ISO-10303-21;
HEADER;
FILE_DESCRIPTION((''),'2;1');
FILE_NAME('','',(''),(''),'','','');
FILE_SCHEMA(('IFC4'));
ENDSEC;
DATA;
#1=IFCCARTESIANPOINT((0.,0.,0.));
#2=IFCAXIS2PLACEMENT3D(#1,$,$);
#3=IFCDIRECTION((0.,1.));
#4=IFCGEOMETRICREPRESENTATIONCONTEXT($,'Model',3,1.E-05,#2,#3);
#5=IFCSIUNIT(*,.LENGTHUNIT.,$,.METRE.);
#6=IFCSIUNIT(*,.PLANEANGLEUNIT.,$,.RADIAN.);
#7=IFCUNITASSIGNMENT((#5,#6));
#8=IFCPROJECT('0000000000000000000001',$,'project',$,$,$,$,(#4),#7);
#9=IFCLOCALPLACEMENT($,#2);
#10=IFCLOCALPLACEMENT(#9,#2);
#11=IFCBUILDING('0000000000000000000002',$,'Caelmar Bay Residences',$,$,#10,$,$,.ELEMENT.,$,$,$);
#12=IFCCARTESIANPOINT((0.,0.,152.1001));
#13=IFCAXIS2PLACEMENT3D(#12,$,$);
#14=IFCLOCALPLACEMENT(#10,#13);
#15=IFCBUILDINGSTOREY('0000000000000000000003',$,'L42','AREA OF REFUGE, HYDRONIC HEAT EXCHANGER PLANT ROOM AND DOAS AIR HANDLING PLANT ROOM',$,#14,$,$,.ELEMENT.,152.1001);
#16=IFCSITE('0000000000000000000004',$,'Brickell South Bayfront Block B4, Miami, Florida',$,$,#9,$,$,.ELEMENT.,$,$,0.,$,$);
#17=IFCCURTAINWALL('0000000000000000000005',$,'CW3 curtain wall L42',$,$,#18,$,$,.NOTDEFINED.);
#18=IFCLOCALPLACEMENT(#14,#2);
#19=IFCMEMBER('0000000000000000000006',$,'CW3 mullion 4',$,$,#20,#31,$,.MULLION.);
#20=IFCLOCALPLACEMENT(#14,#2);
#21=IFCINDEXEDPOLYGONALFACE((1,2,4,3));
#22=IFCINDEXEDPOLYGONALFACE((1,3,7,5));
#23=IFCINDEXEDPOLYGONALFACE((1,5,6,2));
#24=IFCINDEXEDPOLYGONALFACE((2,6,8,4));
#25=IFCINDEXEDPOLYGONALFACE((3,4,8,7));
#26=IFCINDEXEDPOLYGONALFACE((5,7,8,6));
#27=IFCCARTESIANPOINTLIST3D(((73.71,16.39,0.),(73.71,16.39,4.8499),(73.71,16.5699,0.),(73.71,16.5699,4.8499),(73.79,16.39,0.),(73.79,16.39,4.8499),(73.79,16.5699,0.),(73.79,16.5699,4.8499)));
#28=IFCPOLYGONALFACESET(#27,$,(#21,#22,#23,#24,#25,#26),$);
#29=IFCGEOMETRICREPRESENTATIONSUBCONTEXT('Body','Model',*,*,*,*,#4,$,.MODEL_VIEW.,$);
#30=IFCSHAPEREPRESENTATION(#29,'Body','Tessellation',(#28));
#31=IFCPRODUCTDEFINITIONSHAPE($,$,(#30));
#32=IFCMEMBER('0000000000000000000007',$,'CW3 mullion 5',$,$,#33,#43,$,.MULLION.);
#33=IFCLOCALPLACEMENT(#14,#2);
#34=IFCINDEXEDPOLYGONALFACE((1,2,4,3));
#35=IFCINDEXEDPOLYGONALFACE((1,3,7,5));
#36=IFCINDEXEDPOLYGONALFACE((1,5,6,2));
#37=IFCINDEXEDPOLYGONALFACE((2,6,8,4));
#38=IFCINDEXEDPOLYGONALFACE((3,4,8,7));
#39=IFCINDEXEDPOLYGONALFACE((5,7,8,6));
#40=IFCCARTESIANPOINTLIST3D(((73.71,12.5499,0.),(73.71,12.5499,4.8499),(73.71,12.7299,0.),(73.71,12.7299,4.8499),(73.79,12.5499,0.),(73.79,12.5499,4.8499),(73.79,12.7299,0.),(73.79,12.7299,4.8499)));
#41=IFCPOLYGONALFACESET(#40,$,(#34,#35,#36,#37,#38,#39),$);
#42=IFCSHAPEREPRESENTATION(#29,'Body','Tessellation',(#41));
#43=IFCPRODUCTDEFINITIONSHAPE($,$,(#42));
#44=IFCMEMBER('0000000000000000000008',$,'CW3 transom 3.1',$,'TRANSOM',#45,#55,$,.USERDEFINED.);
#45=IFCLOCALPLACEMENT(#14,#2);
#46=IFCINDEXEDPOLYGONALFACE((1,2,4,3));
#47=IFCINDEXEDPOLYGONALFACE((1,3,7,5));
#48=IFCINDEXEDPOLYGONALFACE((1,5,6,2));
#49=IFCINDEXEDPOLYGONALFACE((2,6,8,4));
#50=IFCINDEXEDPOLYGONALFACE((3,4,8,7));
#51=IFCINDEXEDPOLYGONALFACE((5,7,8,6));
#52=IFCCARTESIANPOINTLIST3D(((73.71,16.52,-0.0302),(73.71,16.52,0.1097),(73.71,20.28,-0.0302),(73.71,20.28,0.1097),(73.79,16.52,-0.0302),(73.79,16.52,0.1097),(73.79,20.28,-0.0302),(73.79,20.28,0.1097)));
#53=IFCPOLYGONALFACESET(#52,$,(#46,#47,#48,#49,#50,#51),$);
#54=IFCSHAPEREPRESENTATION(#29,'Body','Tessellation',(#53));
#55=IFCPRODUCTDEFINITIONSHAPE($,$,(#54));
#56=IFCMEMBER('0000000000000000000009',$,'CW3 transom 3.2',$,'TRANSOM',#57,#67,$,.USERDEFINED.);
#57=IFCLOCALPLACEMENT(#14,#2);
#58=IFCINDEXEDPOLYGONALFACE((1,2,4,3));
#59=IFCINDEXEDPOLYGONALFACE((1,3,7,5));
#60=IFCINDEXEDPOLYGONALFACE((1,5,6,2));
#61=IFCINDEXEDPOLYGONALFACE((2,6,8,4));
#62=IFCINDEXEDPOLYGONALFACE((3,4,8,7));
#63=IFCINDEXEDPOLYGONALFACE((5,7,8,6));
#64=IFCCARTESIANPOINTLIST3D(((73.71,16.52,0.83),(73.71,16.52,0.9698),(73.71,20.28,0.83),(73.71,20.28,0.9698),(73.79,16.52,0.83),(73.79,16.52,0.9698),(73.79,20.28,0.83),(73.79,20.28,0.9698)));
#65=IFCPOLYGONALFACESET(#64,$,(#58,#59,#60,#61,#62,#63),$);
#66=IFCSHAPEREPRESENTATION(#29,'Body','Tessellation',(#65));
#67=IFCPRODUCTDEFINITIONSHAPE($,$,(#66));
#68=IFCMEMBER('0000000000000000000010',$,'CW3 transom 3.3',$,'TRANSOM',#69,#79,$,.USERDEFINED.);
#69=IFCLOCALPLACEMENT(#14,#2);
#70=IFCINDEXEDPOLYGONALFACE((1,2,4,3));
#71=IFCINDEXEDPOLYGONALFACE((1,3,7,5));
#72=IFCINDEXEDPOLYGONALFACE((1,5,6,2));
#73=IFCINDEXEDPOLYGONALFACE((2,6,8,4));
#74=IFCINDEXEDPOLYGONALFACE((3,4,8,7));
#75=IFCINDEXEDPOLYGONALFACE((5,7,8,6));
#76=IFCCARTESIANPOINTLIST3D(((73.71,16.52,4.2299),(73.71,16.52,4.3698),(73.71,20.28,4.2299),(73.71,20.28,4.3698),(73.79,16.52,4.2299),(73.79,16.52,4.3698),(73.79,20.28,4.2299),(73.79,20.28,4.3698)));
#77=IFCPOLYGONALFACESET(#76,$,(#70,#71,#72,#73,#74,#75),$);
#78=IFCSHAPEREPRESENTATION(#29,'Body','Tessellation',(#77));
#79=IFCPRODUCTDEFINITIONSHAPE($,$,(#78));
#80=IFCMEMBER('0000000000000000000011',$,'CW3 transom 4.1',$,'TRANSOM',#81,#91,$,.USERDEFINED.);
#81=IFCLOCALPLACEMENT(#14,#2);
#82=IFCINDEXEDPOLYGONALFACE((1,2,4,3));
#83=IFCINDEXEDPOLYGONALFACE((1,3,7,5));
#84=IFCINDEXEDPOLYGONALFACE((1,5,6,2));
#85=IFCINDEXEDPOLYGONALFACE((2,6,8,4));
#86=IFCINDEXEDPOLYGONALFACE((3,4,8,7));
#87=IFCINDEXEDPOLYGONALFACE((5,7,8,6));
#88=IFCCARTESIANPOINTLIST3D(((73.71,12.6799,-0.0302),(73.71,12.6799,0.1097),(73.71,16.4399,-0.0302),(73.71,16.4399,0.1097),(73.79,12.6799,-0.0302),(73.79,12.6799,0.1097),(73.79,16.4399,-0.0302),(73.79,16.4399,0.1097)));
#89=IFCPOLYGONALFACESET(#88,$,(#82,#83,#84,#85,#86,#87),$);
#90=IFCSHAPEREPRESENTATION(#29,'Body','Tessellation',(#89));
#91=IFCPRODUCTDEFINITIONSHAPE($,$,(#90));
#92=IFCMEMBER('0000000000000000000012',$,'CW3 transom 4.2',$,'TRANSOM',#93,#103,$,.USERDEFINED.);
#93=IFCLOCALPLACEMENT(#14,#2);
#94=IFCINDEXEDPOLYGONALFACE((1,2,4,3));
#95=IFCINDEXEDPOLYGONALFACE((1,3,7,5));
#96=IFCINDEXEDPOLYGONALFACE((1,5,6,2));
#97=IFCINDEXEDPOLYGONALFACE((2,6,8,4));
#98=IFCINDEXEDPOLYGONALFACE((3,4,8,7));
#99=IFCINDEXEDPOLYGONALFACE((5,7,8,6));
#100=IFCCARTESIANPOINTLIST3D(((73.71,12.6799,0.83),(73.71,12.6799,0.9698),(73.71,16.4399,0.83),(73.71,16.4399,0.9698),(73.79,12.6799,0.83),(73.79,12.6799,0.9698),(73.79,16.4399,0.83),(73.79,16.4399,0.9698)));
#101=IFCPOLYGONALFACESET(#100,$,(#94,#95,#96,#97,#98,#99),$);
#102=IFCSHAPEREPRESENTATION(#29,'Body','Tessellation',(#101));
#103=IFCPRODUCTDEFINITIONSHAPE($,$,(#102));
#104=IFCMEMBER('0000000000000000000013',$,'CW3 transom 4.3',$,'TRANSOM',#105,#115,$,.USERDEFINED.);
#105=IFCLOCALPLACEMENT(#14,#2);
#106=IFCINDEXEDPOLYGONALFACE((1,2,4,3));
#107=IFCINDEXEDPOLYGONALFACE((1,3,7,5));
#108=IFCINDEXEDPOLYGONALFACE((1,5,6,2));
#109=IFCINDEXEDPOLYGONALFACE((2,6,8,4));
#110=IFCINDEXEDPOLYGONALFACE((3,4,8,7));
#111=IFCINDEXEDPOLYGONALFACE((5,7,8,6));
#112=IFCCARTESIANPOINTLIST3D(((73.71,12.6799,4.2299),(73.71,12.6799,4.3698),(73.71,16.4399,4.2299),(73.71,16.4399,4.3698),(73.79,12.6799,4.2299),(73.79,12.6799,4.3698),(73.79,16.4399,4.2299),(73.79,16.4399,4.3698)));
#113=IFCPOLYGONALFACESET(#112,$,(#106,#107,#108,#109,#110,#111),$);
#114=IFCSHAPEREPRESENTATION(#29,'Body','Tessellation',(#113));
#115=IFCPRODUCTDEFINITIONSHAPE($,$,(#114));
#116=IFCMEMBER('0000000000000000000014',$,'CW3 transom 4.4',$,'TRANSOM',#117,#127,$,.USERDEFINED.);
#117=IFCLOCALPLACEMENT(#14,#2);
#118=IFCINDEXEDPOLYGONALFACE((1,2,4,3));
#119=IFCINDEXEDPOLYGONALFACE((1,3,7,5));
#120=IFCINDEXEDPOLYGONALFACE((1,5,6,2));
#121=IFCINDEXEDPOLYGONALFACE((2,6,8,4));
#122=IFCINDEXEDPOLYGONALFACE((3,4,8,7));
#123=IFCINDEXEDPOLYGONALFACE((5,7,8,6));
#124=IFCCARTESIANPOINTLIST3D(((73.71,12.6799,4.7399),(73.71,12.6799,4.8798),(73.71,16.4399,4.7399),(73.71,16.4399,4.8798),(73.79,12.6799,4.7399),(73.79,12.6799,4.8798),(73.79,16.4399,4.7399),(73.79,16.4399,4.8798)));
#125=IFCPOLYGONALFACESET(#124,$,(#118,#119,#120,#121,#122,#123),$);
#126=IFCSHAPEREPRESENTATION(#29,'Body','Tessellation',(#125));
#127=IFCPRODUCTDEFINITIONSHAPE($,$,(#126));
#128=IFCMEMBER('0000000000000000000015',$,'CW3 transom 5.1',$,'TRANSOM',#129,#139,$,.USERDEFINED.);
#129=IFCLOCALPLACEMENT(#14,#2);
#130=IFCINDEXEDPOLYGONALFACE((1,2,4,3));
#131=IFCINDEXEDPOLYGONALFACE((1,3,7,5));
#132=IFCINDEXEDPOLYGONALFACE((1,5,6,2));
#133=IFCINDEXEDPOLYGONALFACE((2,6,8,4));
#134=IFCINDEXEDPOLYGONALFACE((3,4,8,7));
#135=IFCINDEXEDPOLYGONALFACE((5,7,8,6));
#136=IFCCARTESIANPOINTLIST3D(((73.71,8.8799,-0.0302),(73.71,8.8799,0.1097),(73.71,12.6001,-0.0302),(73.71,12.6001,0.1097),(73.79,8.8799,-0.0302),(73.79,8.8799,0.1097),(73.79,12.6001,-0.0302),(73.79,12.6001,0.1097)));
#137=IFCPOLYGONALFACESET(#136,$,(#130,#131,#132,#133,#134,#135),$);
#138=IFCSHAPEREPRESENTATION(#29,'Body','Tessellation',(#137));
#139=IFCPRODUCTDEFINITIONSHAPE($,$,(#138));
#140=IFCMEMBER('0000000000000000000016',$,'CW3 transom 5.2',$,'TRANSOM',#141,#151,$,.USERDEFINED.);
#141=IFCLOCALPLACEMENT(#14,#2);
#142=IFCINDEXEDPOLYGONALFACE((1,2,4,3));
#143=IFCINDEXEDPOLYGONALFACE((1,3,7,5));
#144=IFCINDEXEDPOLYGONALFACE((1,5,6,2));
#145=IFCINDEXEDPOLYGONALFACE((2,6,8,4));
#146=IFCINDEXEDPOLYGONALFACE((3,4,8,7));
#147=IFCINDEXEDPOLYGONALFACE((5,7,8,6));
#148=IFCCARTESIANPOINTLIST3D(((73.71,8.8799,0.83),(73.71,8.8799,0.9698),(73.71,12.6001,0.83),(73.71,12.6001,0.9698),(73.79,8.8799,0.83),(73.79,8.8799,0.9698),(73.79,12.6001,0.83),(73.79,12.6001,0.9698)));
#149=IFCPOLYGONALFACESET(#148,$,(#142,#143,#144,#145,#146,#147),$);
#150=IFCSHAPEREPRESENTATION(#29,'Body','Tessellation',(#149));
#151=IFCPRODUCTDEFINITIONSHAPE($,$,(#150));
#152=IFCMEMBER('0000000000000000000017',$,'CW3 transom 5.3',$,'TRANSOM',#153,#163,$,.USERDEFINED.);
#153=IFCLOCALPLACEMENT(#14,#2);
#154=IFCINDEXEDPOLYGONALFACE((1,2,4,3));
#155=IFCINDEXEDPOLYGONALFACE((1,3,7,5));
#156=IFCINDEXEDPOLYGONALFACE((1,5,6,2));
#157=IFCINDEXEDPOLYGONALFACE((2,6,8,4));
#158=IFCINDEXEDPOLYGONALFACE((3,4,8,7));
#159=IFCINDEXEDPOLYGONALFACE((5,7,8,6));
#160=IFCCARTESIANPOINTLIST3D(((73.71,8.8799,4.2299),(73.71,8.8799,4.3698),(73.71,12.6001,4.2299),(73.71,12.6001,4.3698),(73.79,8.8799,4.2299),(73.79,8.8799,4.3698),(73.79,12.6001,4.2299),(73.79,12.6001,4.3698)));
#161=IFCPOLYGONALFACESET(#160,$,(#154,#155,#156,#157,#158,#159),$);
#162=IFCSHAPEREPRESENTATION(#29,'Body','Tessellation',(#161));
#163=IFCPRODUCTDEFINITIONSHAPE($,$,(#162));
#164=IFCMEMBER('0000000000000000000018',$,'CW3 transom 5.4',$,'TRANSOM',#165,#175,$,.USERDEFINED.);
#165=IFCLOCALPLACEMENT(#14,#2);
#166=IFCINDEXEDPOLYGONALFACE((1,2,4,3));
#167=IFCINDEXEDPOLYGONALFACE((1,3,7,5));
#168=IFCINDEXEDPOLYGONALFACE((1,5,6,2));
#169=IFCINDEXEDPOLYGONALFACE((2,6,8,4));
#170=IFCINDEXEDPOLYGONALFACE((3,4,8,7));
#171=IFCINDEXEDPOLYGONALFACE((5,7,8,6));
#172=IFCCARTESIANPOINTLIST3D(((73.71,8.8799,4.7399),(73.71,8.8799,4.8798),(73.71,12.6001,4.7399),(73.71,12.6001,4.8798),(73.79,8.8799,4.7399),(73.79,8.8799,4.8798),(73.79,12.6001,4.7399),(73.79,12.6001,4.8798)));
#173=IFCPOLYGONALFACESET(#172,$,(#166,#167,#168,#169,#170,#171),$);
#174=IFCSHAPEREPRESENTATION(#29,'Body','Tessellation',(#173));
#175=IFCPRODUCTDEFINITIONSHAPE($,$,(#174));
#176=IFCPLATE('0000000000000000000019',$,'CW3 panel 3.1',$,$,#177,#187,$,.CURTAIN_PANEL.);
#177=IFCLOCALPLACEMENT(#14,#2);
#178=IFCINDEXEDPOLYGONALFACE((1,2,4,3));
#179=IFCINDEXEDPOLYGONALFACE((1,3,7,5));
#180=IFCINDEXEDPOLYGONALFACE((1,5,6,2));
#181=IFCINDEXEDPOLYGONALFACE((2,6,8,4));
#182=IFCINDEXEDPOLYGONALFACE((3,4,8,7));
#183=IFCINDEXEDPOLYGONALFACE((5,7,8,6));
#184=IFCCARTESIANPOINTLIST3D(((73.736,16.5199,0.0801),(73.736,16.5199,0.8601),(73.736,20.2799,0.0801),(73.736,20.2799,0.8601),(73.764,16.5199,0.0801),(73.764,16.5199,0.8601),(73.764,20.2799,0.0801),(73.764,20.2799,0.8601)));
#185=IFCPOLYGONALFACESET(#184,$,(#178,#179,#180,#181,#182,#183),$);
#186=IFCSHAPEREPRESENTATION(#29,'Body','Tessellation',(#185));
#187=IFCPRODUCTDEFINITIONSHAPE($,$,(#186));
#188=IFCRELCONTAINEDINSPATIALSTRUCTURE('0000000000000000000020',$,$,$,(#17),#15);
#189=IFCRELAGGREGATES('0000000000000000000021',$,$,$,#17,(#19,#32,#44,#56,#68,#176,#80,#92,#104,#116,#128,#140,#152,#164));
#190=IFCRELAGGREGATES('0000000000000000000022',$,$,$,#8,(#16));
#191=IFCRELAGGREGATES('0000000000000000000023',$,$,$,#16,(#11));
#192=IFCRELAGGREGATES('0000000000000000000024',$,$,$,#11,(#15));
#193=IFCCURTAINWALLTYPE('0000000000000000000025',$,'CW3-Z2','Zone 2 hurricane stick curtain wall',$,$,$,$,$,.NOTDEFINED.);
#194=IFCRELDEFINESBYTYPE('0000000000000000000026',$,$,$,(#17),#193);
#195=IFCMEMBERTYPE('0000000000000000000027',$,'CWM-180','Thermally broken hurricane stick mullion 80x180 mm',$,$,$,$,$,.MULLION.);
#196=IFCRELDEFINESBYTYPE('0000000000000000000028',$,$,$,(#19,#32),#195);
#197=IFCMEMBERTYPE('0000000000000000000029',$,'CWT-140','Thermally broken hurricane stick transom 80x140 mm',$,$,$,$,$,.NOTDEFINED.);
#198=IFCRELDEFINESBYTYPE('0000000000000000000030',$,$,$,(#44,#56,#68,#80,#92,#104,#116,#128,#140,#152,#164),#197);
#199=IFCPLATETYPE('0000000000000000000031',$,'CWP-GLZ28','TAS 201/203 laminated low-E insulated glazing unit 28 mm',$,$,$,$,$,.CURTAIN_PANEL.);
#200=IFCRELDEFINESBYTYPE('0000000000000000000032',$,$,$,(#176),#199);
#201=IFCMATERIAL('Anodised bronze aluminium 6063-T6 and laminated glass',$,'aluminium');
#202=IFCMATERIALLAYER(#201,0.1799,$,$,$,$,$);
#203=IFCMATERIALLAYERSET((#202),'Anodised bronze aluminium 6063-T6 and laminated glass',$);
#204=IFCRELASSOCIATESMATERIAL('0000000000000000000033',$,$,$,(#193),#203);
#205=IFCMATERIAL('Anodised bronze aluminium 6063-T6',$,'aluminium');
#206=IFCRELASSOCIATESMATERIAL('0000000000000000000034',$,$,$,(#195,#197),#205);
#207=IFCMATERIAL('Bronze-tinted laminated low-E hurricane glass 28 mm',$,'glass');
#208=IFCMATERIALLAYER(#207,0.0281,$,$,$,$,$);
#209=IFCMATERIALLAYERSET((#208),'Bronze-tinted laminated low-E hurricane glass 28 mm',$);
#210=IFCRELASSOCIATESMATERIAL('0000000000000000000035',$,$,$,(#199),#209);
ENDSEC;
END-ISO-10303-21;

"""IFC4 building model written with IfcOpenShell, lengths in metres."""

from ifc_helpers import new_model, si_unit, direction, frame, origin, origin_2d, place, context, subcontext, project, spatial, rectangle, extrude, material, layer, layer_set, material_profile, profile_set, type_object, element, aggregate, save


model = new_model("IFC4")

# Units and contexts
model_context = context("Model", 3, precision=1e-05, world=origin(), true_north=direction((0.0, 1.0)))
body_context = subcontext(model_context, "Body", "Model", "MODEL_VIEW")
ifc_project = project(units=[si_unit("LENGTHUNIT", "METRE"), si_unit("PLANEANGLEUNIT", "RADIAN")], contexts=[model_context])

# Site, building, storey
site_placement = place(None, origin())
site = spatial("IfcSite", under=ifc_project, at=site_placement, Name="Brickell South Bayfront Block B4, Miami, Florida", CompositionType="ELEMENT", RefElevation=0.0)
building_placement = place(site_placement, origin())
building = spatial("IfcBuilding", under=site, at=building_placement, Name="Caelmar Bay Residences", CompositionType="ELEMENT")
storey_placement = place(building_placement, frame((0.0, 0.0, 152.1001)))
storey = spatial("IfcBuildingStorey", under=building, at=storey_placement, Name="L42", Description="AREA OF REFUGE, HYDRONIC HEAT EXCHANGER PLANT ROOM AND DOAS AIR HANDLING PLANT ROOM", CompositionType="ELEMENT", Elevation=152.1001)

# Curtain wall, members, plate
ifc_material_1 = material(Name="Anodised bronze aluminium 6063-T6 and laminated glass", Category="aluminium")
ifc_layer_1 = layer(ifc_material_1, 0.1799)
ifc_layer_set_1 = layer_set([ifc_layer_1], Name="Anodised bronze aluminium 6063-T6 and laminated glass")
curtain_wall_type = type_object("IfcCurtainWallType", Name="CW3-Z2", Description="Zone 2 hurricane stick curtain wall", PredefinedType="NOTDEFINED", material=ifc_layer_set_1)
curtain_wall_placement = place(storey_placement, origin())
curtain_wall = element("IfcCurtainWall", 1, at=curtain_wall_placement, inside=storey, type_object=curtain_wall_type, Name="CW3 curtain wall L42", PredefinedType="NOTDEFINED")
ifc_material_2 = material(Name="Anodised bronze aluminium 6063-T6", Category="aluminium")
ifc_material_profile_1 = material_profile(ifc_material_2, rectangle(XDim=0.0801, YDim=0.1799, at=origin_2d()), Name="CWM-80X180")
ifc_profile_set_1 = profile_set([ifc_material_profile_1], Name="Anodised bronze aluminium 6063-T6")
member_type_1 = type_object("IfcMemberType", Name="CWM-180", Description="Thermally broken hurricane stick mullion 80x180 mm", PredefinedType="MULLION", material=ifc_profile_set_1)
member_1_placement = place(storey_placement, frame((73.75, 16.48, 0.0), z_axis=(0.0, 0.0, 1.0), x_axis=(1.0, 0.0, 0.0)))
member_1 = element("IfcMember", 2, at=member_1_placement, type_object=member_type_1, Name="CW3 mullion 4", PredefinedType="MULLION", context=body_context, shape_type="SweptSolid", body=[
    extrude(rectangle(XDim=0.0801, YDim=0.1799, at=origin_2d()), origin(), (0.0, 0.0, 1.0), 4.8499),
])
member_2_placement = place(storey_placement, frame((73.75, 12.6399, 0.0), z_axis=(0.0, 0.0, 1.0), x_axis=(1.0, 0.0, 0.0)))
member_2 = element("IfcMember", 3, at=member_2_placement, type_object=member_type_1, Name="CW3 mullion 5", PredefinedType="MULLION", context=body_context, shape_type="SweptSolid", body=[
    extrude(rectangle(XDim=0.0801, YDim=0.1799, at=origin_2d()), origin(), (0.0, 0.0, 1.0), 4.8499),
])
ifc_material_profile_2 = material_profile(ifc_material_2, rectangle(XDim=0.0801, YDim=0.1399, at=origin_2d()), Name="CWT-80X140")
ifc_profile_set_2 = profile_set([ifc_material_profile_2], Name="Anodised bronze aluminium 6063-T6")
member_type_2 = type_object("IfcMemberType", Name="CWT-140", Description="Thermally broken hurricane stick transom 80x140 mm", PredefinedType="NOTDEFINED", material=ifc_profile_set_2)
member_3_placement = place(storey_placement, frame((73.75, 20.28, 0.0398), z_axis=(0.0, -1.0, 0.0), x_axis=(1.0, 0.0, 0.0)))
member_3 = element("IfcMember", 4, at=member_3_placement, type_object=member_type_2, Name="CW3 transom 3.1", ObjectType="TRANSOM", PredefinedType="USERDEFINED", context=body_context, shape_type="SweptSolid", body=[
    extrude(rectangle(XDim=0.0801, YDim=0.1399, at=origin_2d()), origin(), (0.0, 0.0, 1.0), 3.76),
])
member_4_placement = place(storey_placement, frame((73.75, 20.28, 0.8999), z_axis=(0.0, -1.0, 0.0), x_axis=(1.0, 0.0, 0.0)))
member_4 = element("IfcMember", 5, at=member_4_placement, type_object=member_type_2, Name="CW3 transom 3.2", ObjectType="TRANSOM", PredefinedType="USERDEFINED", context=body_context, shape_type="SweptSolid", body=[
    extrude(rectangle(XDim=0.0801, YDim=0.1399, at=origin_2d()), origin(), (0.0, 0.0, 1.0), 3.76),
])
member_5_placement = place(storey_placement, frame((73.75, 20.28, 4.2998), z_axis=(0.0, -1.0, 0.0), x_axis=(1.0, 0.0, 0.0)))
member_5 = element("IfcMember", 6, at=member_5_placement, type_object=member_type_2, Name="CW3 transom 3.3", ObjectType="TRANSOM", PredefinedType="USERDEFINED", context=body_context, shape_type="SweptSolid", body=[
    extrude(rectangle(XDim=0.0801, YDim=0.1399, at=origin_2d()), origin(), (0.0, 0.0, 1.0), 3.76),
])
member_6_placement = place(storey_placement, frame((73.75, 16.4399, 0.0398), z_axis=(0.0, -1.0, 0.0), x_axis=(1.0, 0.0, 0.0)))
member_6 = element("IfcMember", 7, at=member_6_placement, type_object=member_type_2, Name="CW3 transom 4.1", ObjectType="TRANSOM", PredefinedType="USERDEFINED", context=body_context, shape_type="SweptSolid", body=[
    extrude(rectangle(XDim=0.0801, YDim=0.1399, at=origin_2d()), origin(), (0.0, 0.0, 1.0), 3.76),
])
member_7_placement = place(storey_placement, frame((73.75, 16.4399, 0.8999), z_axis=(0.0, -1.0, 0.0), x_axis=(1.0, 0.0, 0.0)))
member_7 = element("IfcMember", 8, at=member_7_placement, type_object=member_type_2, Name="CW3 transom 4.2", ObjectType="TRANSOM", PredefinedType="USERDEFINED", context=body_context, shape_type="SweptSolid", body=[
    extrude(rectangle(XDim=0.0801, YDim=0.1399, at=origin_2d()), origin(), (0.0, 0.0, 1.0), 3.76),
])
member_8_placement = place(storey_placement, frame((73.75, 16.4399, 4.2998), z_axis=(0.0, -1.0, 0.0), x_axis=(1.0, 0.0, 0.0)))
member_8 = element("IfcMember", 9, at=member_8_placement, type_object=member_type_2, Name="CW3 transom 4.3", ObjectType="TRANSOM", PredefinedType="USERDEFINED", context=body_context, shape_type="SweptSolid", body=[
    extrude(rectangle(XDim=0.0801, YDim=0.1399, at=origin_2d()), origin(), (0.0, 0.0, 1.0), 3.76),
])
member_9_placement = place(storey_placement, frame((73.75, 16.4399, 4.8098), z_axis=(0.0, -1.0, 0.0), x_axis=(1.0, 0.0, 0.0)))
member_9 = element("IfcMember", 10, at=member_9_placement, type_object=member_type_2, Name="CW3 transom 4.4", ObjectType="TRANSOM", PredefinedType="USERDEFINED", context=body_context, shape_type="SweptSolid", body=[
    extrude(rectangle(XDim=0.0801, YDim=0.1399, at=origin_2d()), origin(), (0.0, 0.0, 1.0), 3.76),
])
member_10_placement = place(storey_placement, frame((73.75, 12.6001, 0.0398), z_axis=(0.0, -1.0, 0.0), x_axis=(1.0, 0.0, 0.0)))
member_10 = element("IfcMember", 11, at=member_10_placement, type_object=member_type_2, Name="CW3 transom 5.1", ObjectType="TRANSOM", PredefinedType="USERDEFINED", context=body_context, shape_type="SweptSolid", body=[
    extrude(rectangle(XDim=0.0801, YDim=0.1399, at=origin_2d()), origin(), (0.0, 0.0, 1.0), 3.7202),
])
member_11_placement = place(storey_placement, frame((73.75, 12.6001, 0.8999), z_axis=(0.0, -1.0, 0.0), x_axis=(1.0, 0.0, 0.0)))
member_11 = element("IfcMember", 12, at=member_11_placement, type_object=member_type_2, Name="CW3 transom 5.2", ObjectType="TRANSOM", PredefinedType="USERDEFINED", context=body_context, shape_type="SweptSolid", body=[
    extrude(rectangle(XDim=0.0801, YDim=0.1399, at=origin_2d()), origin(), (0.0, 0.0, 1.0), 3.7202),
])
member_12_placement = place(storey_placement, frame((73.75, 12.6001, 4.2998), z_axis=(0.0, -1.0, 0.0), x_axis=(1.0, 0.0, 0.0)))
member_12 = element("IfcMember", 13, at=member_12_placement, type_object=member_type_2, Name="CW3 transom 5.3", ObjectType="TRANSOM", PredefinedType="USERDEFINED", context=body_context, shape_type="SweptSolid", body=[
    extrude(rectangle(XDim=0.0801, YDim=0.1399, at=origin_2d()), origin(), (0.0, 0.0, 1.0), 3.7202),
])
member_13_placement = place(storey_placement, frame((73.75, 12.6001, 4.8098), z_axis=(0.0, -1.0, 0.0), x_axis=(1.0, 0.0, 0.0)))
member_13 = element("IfcMember", 14, at=member_13_placement, type_object=member_type_2, Name="CW3 transom 5.4", ObjectType="TRANSOM", PredefinedType="USERDEFINED", context=body_context, shape_type="SweptSolid", body=[
    extrude(rectangle(XDim=0.0801, YDim=0.1399, at=origin_2d()), origin(), (0.0, 0.0, 1.0), 3.7202),
])
ifc_material_3 = material(Name="Bronze-tinted laminated low-E hurricane glass 28 mm", Category="glass")
ifc_layer_2 = layer(ifc_material_3, 0.0281)
ifc_layer_set_2 = layer_set([ifc_layer_2], Name="Bronze-tinted laminated low-E hurricane glass 28 mm")
plate_type = type_object("IfcPlateType", Name="CWP-GLZ28", Description="TAS 201/203 laminated low-E insulated glazing unit 28 mm", PredefinedType="CURTAIN_PANEL", material=ifc_layer_set_2)
plate_1_placement = place(storey_placement, frame((73.75, 18.3999, 0.0801), z_axis=(0.0, 0.0, 1.0), x_axis=(0.0, -1.0, 0.0)))
plate_1 = element("IfcPlate", 15, at=plate_1_placement, type_object=plate_type, Name="CW3 panel 3.1", PredefinedType="CURTAIN_PANEL", context=body_context, shape_type="SweptSolid", body=[
    extrude(rectangle(XDim=3.76, YDim=0.0281, at=origin_2d()), origin(), (0.0, 0.0, 1.0), 0.78),
])
aggregate(curtain_wall, [member_1, member_2, member_3, member_4, member_5, plate_1, member_6, member_7, member_8, member_9, member_10, member_11, member_12, member_13])

save(model, "model.ifc")
